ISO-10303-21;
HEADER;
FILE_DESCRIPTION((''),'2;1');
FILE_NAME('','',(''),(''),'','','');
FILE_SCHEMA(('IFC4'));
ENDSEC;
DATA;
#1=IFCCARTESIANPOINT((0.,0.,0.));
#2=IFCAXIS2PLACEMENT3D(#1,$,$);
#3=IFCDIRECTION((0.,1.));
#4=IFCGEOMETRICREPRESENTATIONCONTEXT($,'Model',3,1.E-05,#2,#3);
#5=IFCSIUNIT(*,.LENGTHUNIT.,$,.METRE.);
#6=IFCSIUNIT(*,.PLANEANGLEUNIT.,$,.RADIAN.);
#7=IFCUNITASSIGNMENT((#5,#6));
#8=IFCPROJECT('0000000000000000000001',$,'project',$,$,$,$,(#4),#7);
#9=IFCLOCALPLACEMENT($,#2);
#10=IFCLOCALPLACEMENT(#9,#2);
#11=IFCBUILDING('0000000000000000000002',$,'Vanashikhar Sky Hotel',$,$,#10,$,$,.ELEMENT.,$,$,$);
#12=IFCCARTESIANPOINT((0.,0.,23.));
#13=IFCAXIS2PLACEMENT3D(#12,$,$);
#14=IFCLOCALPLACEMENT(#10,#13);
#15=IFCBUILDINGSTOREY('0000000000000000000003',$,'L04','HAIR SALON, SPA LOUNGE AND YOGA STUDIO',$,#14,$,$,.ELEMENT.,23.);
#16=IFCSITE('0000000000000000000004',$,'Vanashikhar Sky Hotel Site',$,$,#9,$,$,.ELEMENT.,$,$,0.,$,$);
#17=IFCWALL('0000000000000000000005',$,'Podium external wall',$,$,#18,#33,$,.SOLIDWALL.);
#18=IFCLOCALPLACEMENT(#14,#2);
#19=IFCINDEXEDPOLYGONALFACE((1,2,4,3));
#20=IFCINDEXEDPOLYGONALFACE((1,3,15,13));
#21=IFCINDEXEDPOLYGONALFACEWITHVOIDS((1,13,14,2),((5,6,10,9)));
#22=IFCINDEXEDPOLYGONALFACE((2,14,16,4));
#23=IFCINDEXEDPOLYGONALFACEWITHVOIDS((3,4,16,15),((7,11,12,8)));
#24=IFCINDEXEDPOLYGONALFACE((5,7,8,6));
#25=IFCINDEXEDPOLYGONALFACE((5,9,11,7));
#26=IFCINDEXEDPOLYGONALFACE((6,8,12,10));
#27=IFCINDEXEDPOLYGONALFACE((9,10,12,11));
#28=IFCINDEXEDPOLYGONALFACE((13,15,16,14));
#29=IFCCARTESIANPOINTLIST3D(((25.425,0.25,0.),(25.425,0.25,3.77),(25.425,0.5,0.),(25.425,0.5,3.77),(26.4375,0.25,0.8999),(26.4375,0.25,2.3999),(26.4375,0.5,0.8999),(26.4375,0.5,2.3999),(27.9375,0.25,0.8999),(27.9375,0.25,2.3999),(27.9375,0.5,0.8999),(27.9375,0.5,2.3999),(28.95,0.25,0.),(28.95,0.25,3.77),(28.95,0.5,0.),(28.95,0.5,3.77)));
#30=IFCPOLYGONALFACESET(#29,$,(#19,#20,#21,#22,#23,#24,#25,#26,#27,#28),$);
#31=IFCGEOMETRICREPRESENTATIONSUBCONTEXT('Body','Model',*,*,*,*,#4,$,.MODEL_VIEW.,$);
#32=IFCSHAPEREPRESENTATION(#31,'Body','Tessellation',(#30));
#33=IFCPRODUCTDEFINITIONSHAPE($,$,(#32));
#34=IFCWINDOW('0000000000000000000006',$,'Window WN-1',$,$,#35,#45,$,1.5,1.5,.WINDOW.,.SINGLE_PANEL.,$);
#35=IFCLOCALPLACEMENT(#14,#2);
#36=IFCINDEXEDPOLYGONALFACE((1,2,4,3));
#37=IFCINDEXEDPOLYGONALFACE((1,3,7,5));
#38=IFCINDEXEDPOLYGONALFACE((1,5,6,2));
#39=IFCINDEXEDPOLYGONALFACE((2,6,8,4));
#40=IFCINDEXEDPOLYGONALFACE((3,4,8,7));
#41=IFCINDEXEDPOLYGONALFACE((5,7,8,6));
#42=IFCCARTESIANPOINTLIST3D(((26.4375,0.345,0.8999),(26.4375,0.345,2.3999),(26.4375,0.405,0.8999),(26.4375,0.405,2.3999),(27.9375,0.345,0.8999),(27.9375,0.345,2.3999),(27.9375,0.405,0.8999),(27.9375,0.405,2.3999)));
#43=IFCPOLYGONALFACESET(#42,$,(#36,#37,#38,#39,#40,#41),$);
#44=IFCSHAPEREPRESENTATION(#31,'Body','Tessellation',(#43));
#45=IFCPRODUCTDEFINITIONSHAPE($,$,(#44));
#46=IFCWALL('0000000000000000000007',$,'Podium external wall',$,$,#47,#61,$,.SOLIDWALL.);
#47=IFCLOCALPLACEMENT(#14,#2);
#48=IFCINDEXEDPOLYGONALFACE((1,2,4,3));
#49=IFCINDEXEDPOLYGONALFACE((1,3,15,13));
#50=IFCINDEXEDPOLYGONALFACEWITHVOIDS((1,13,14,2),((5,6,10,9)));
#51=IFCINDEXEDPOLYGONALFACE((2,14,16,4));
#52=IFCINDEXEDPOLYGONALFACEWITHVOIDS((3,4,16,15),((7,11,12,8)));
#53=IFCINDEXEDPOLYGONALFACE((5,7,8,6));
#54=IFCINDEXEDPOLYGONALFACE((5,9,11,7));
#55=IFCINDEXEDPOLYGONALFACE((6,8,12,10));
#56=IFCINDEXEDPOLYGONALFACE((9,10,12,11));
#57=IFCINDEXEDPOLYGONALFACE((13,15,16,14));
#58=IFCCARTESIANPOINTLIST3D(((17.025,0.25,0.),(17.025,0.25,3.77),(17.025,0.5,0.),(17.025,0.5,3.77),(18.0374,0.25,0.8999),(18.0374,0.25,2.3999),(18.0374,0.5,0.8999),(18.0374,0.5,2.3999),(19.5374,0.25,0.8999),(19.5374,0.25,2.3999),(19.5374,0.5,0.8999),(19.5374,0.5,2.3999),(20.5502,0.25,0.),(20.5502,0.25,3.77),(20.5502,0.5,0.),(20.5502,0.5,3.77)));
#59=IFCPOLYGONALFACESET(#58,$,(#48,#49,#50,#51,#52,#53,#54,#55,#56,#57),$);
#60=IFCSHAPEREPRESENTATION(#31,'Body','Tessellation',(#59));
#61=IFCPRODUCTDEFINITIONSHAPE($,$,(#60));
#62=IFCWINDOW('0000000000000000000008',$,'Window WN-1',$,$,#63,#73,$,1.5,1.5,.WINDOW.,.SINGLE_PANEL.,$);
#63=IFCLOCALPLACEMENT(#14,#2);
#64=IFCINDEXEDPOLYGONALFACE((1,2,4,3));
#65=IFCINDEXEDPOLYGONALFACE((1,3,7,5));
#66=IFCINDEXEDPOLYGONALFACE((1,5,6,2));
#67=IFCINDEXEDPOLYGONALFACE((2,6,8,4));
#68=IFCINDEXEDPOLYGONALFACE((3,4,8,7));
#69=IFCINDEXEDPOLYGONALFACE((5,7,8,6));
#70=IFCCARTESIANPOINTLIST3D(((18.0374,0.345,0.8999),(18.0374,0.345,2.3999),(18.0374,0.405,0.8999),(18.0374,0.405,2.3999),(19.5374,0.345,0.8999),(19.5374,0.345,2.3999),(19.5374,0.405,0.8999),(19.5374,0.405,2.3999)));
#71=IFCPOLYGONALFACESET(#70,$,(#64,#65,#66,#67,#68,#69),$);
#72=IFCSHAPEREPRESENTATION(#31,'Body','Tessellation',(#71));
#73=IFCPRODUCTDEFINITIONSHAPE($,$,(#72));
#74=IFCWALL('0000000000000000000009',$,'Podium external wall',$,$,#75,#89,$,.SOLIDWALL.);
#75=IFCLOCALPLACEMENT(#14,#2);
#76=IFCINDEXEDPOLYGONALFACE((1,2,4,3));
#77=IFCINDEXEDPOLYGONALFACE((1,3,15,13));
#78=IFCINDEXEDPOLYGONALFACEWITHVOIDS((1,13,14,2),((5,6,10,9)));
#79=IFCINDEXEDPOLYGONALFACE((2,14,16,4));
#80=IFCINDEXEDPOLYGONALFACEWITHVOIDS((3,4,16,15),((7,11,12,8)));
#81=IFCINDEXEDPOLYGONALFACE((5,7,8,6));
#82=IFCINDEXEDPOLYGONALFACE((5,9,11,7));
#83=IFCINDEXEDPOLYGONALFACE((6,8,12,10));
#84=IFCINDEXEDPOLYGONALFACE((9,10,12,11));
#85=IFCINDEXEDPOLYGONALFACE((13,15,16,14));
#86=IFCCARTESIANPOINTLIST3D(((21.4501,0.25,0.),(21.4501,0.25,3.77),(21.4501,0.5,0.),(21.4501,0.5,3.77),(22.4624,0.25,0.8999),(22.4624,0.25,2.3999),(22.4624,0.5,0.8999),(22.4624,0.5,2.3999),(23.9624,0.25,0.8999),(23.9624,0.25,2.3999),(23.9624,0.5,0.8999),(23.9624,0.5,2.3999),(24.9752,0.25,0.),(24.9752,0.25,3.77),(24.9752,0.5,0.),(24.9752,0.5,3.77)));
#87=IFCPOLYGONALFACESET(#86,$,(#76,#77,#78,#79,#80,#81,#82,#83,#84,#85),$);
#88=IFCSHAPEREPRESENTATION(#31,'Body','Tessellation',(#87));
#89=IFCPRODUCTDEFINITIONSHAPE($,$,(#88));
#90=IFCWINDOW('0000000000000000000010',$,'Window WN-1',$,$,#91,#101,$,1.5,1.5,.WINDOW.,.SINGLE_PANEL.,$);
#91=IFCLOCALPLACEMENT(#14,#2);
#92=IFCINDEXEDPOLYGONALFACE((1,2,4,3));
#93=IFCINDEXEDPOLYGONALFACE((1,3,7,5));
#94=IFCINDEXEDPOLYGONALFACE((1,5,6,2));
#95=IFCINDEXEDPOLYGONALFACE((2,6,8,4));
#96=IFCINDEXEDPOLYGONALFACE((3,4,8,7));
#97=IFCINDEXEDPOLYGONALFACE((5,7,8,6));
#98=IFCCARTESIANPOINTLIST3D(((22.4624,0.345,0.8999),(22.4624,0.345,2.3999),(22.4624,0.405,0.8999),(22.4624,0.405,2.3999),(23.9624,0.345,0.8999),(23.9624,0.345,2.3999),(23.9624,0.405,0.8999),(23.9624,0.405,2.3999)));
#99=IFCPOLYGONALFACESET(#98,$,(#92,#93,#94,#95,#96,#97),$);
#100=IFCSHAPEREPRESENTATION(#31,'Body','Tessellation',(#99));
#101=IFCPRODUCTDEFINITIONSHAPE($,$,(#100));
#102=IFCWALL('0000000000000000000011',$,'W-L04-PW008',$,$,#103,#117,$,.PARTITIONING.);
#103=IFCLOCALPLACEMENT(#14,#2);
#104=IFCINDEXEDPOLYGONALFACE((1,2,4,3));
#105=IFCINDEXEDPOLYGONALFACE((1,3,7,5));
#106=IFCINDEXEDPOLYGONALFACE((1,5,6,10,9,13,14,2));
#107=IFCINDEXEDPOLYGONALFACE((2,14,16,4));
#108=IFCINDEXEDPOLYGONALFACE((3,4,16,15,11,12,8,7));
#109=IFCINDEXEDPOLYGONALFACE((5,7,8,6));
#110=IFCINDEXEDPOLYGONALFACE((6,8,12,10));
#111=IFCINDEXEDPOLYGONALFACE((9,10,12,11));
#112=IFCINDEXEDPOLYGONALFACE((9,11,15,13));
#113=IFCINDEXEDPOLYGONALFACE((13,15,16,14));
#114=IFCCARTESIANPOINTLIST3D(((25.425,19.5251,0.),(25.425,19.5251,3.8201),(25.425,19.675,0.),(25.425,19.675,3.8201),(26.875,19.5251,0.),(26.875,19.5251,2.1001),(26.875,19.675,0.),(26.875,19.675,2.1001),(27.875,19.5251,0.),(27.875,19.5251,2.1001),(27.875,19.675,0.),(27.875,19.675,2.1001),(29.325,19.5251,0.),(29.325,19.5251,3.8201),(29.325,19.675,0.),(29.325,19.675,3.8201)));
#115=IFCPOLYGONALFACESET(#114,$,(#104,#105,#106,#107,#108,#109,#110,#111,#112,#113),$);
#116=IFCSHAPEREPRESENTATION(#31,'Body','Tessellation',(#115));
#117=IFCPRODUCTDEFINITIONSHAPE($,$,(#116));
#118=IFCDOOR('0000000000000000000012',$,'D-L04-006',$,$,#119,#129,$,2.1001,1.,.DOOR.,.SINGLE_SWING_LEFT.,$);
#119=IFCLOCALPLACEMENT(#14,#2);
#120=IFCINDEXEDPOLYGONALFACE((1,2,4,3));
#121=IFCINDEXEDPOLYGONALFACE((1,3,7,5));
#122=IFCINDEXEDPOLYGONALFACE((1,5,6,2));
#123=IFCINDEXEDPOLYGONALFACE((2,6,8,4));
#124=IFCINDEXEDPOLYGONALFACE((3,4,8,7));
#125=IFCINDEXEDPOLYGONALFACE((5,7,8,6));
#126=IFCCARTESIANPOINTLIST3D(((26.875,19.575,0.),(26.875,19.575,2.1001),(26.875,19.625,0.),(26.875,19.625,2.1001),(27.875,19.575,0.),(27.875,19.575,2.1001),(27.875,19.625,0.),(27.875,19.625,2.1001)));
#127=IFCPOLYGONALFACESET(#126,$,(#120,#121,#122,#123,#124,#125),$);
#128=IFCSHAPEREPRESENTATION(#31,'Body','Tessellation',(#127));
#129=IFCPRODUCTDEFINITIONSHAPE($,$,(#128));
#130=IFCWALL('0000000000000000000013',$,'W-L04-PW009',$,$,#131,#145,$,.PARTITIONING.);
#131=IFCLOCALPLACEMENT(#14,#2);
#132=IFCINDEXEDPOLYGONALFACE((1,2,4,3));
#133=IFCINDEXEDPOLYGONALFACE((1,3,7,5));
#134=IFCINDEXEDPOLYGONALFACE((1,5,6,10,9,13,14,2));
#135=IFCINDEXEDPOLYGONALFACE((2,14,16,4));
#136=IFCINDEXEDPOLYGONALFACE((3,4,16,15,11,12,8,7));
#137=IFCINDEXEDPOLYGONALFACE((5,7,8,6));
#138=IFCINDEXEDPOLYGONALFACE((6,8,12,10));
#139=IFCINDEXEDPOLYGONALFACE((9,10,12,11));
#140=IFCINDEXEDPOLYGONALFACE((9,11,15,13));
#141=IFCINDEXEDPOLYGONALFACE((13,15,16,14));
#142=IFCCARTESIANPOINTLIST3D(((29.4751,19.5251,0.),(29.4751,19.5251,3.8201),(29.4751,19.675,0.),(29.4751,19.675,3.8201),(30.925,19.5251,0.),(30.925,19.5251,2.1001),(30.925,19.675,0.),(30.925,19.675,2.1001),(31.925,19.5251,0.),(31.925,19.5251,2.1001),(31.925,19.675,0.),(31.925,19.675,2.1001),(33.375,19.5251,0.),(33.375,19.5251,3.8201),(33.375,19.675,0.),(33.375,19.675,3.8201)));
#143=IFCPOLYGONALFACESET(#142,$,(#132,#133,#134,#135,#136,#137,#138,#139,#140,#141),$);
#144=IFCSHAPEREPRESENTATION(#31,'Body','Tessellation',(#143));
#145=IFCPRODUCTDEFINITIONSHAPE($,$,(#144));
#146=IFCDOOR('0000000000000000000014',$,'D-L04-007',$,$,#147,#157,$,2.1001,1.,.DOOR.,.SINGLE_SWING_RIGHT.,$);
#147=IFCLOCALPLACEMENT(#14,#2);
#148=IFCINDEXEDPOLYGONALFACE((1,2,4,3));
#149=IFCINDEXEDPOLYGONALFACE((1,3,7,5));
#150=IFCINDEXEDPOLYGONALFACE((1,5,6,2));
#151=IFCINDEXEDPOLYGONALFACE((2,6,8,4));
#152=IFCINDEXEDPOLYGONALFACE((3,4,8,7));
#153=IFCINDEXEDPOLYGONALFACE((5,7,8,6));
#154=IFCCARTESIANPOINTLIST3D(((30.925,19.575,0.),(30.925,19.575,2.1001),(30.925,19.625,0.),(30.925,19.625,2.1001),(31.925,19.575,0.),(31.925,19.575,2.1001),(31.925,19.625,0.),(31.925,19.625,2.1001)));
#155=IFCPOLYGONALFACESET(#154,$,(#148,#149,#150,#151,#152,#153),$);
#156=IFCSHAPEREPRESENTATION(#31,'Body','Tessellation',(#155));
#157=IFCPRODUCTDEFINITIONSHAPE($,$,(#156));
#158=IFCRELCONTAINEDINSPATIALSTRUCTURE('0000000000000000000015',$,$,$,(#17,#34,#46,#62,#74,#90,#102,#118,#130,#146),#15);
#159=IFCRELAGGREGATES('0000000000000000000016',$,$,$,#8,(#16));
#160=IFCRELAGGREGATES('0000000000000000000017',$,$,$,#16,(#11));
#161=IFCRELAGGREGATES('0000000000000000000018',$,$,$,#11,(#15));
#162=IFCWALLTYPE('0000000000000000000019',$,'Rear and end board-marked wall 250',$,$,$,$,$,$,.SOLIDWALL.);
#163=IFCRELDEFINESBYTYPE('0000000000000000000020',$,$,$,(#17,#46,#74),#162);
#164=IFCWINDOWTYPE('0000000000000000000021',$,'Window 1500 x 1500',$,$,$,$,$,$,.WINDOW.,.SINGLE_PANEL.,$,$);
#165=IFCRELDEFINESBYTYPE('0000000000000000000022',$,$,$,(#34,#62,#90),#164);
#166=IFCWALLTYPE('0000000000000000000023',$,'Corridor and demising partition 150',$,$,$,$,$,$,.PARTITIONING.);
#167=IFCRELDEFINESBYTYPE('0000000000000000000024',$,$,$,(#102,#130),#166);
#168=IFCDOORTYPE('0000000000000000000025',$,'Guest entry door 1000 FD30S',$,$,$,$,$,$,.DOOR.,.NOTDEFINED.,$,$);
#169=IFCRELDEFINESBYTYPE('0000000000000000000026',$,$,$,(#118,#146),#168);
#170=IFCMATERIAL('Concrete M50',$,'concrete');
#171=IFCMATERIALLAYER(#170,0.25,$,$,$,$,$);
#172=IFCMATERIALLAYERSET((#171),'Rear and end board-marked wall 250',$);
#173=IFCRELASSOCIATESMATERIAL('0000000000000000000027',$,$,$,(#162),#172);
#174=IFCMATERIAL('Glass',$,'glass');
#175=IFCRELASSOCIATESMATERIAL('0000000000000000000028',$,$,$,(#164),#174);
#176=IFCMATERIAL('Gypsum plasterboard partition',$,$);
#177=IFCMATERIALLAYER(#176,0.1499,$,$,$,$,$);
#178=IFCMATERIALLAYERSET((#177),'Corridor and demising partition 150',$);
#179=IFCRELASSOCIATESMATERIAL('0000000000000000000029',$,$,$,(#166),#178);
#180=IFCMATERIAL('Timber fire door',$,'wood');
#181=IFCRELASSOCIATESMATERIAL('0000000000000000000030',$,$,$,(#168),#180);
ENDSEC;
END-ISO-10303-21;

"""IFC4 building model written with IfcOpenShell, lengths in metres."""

from ifc_helpers import new_model, si_unit, direction, frame, frame_2d, origin, place, context, subcontext, project, spatial, rectangle, extrude, source, transform, mapped, material, layer, layer_set, type_object, element, fill, save


model = new_model("IFC4")

# Units and contexts
model_context = context("Model", 3, precision=1e-05, world=origin(), true_north=direction((0.0, 1.0)))
body_context = subcontext(model_context, "Body", "Model", "MODEL_VIEW")
ifc_project = project(units=[si_unit("LENGTHUNIT", "METRE"), si_unit("PLANEANGLEUNIT", "RADIAN")], contexts=[model_context])

# Site, building, storey
site_placement = place(None, origin())
site = spatial("IfcSite", under=ifc_project, at=site_placement, Name="Vanashikhar Sky Hotel Site", CompositionType="ELEMENT", RefElevation=0.0)
building_placement = place(site_placement, origin())
building = spatial("IfcBuilding", under=site, at=building_placement, Name="Vanashikhar Sky Hotel", CompositionType="ELEMENT")
storey_placement = place(building_placement, frame((0.0, 0.0, 23.0)))
storey = spatial("IfcBuildingStorey", under=building, at=storey_placement, Name="L04", Description="HAIR SALON, SPA LOUNGE AND YOGA STUDIO", CompositionType="ELEMENT", Elevation=23.0)

# Shared definitions
ifc_material_1 = material(Name="Concrete M50", Category="concrete")

# Walls, openings, windows
ifc_layer_1 = layer(ifc_material_1, 0.25)
ifc_layer_set_1 = layer_set([ifc_layer_1], Name="Rear and end board-marked wall 250")
wall_type_1 = type_object("IfcWallType", Name="Rear and end board-marked wall 250", PredefinedType="SOLIDWALL", material=ifc_layer_set_1)
shared_shape_1 = source(origin(), body_context, "Body", "SweptSolid", [
    extrude(rectangle(XDim=3.5249, YDim=0.25, at=frame_2d((1.7625, 0.0))), origin(), (0.0, 0.0, 1.0), 3.77),
])
shared_shape_2 = source(origin(), body_context, "Body", "SweptSolid", [
    extrude(rectangle(XDim=1.5, YDim=1.5, at=frame_2d((0.75, 0.75))), frame((0.0, 0.135, 0.0), z_axis=(0.0, -1.0, 0.0), x_axis=(1.0, 0.0, 0.0)), (0.0, 0.0, 1.0), 0.27),
])
ifc_material_2 = material(Name="Glass", Category="glass")
window_type = type_object("IfcWindowType", Name="Window 1500 x 1500", PartitioningType="SINGLE_PANEL", PredefinedType="WINDOW", material=ifc_material_2)
shared_shape_3 = source(origin(), body_context, "Body", "SweptSolid", [
    extrude(rectangle(XDim=1.5, YDim=1.5, at=frame_2d((0.75, 0.75))), frame((0.0, 0.03, 0.0), z_axis=(0.0, -1.0, 0.0), x_axis=(1.0, 0.0, 0.0)), (0.0, 0.0, 1.0), 0.0601),
])
wall_1_placement = place(storey_placement, frame((25.425, 0.375, 0.0), z_axis=(0.0, 0.0, 1.0), x_axis=(1.0, 0.0, 0.0)))
wall_1 = element("IfcWall", 1, at=wall_1_placement, inside=storey, type_object=wall_type_1, Name="Podium external wall", PredefinedType="SOLIDWALL", context=body_context, shape_type="MappedRepresentation", body=[
    mapped(shared_shape_1, transform((0.0, 0.0, 0.0), scale=1.0)),
])
opening_1_placement = place(wall_1_placement, frame((1.0125, 0.0, 0.8999)))
opening_1 = element("IfcOpeningElement", 2, at=opening_1_placement, cuts=wall_1, PredefinedType="OPENING", context=body_context, shape_type="MappedRepresentation", body=[
    mapped(shared_shape_2, transform((0.0, 0.0, 0.0), scale=1.0)),
])
window_1_placement = place(opening_1_placement, origin())
window_1 = element("IfcWindow", 3, at=window_1_placement, inside=storey, type_object=window_type, Name="Window WN-1", OverallHeight=1.5, OverallWidth=1.5, PartitioningType="SINGLE_PANEL", PredefinedType="WINDOW", context=body_context, shape_type="MappedRepresentation", body=[
    mapped(shared_shape_3, transform((0.0, 0.0, 0.0), scale=1.0)),
])
fill(opening_1, window_1)
shared_shape_4 = source(origin(), body_context, "Body", "SweptSolid", [
    extrude(rectangle(XDim=3.5251, YDim=0.25, at=frame_2d((1.7627, 0.0))), origin(), (0.0, 0.0, 1.0), 3.77),
])
wall_2_placement = place(storey_placement, frame((17.0249, 0.375, 0.0), z_axis=(0.0, 0.0, 1.0), x_axis=(1.0, 0.0, 0.0)))
wall_2 = element("IfcWall", 4, at=wall_2_placement, inside=storey, type_object=wall_type_1, Name="Podium external wall", PredefinedType="SOLIDWALL", context=body_context, shape_type="MappedRepresentation", body=[
    mapped(shared_shape_4, transform((0.0, 0.0, 0.0), scale=1.0)),
])
opening_2_placement = place(wall_2_placement, frame((1.0125, 0.0, 0.8999)))
opening_2 = element("IfcOpeningElement", 5, at=opening_2_placement, cuts=wall_2, PredefinedType="OPENING", context=body_context, shape_type="MappedRepresentation", body=[
    mapped(shared_shape_2, transform((0.0, 0.0, 0.0), scale=1.0)),
])
window_2_placement = place(opening_2_placement, origin())
window_2 = element("IfcWindow", 6, at=window_2_placement, inside=storey, type_object=window_type, Name="Window WN-1", OverallHeight=1.5, OverallWidth=1.5, PartitioningType="SINGLE_PANEL", PredefinedType="WINDOW", context=body_context, shape_type="MappedRepresentation", body=[
    mapped(shared_shape_3, transform((0.0, 0.0, 0.0), scale=1.0)),
])
fill(opening_2, window_2)
wall_3_placement = place(storey_placement, frame((21.45, 0.375, 0.0), z_axis=(0.0, 0.0, 1.0), x_axis=(1.0, 0.0, 0.0)))
wall_3 = element("IfcWall", 7, at=wall_3_placement, inside=storey, type_object=wall_type_1, Name="Podium external wall", PredefinedType="SOLIDWALL", context=body_context, shape_type="MappedRepresentation", body=[
    mapped(shared_shape_4, transform((0.0, 0.0, 0.0), scale=1.0)),
])
opening_3_placement = place(wall_3_placement, frame((1.0125, 0.0, 0.8999)))
opening_3 = element("IfcOpeningElement", 8, at=opening_3_placement, cuts=wall_3, PredefinedType="OPENING", context=body_context, shape_type="MappedRepresentation", body=[
    mapped(shared_shape_2, transform((0.0, 0.0, 0.0), scale=1.0)),
])
window_3_placement = place(opening_3_placement, origin())
window_3 = element("IfcWindow", 9, at=window_3_placement, inside=storey, type_object=window_type, Name="Window WN-1", OverallHeight=1.5, OverallWidth=1.5, PartitioningType="SINGLE_PANEL", PredefinedType="WINDOW", context=body_context, shape_type="MappedRepresentation", body=[
    mapped(shared_shape_3, transform((0.0, 0.0, 0.0), scale=1.0)),
])
fill(opening_3, window_3)

# Walls, openings, doors
ifc_material_3 = material(Name="Gypsum plasterboard partition")
ifc_layer_2 = layer(ifc_material_3, 0.1499)
ifc_layer_set_2 = layer_set([ifc_layer_2], Name="Corridor and demising partition 150")
wall_type_2 = type_object("IfcWallType", Name="Corridor and demising partition 150", PredefinedType="PARTITIONING", material=ifc_layer_set_2)
shared_shape_5 = source(origin(), body_context, "Body", "SweptSolid", [
    extrude(rectangle(XDim=3.8999, YDim=0.1499, at=frame_2d((1.95, 0.0))), origin(), (0.0, 0.0, 1.0), 3.8201),
])
wall_4_placement = place(storey_placement, frame((25.425, 19.6001, 0.0), z_axis=(0.0, 0.0, 1.0), x_axis=(1.0, 0.0, 0.0)))
wall_4 = element("IfcWall", 10, at=wall_4_placement, inside=storey, type_object=wall_type_2, Name="W-L04-PW008", PredefinedType="PARTITIONING", context=body_context, shape_type="MappedRepresentation", body=[
    mapped(shared_shape_5, transform((0.0, 0.0, 0.0), scale=1.0)),
])
shared_shape_6 = source(origin(), body_context, "Body", "SweptSolid", [
    extrude(rectangle(XDim=1.0, YDim=2.1001, at=frame_2d((0.5, 1.05))), frame((0.0, 0.085, 0.0), z_axis=(0.0, -1.0, 0.0), x_axis=(1.0, 0.0, 0.0)), (0.0, 0.0, 1.0), 0.1699),
])
opening_4_placement = place(wall_4_placement, frame((1.45, 0.0, 0.0)))
opening_4 = element("IfcOpeningElement", 11, at=opening_4_placement, cuts=wall_4, PredefinedType="OPENING", context=body_context, shape_type="MappedRepresentation", body=[
    mapped(shared_shape_6, transform((0.0, 0.0, 0.0), scale=1.0)),
])
ifc_material_4 = material(Name="Timber fire door", Category="wood")
door_type_1 = type_object("IfcDoorType", Name="Guest entry door 1000 FD30S", OperationType="NOTDEFINED", PredefinedType="DOOR", material=ifc_material_4)
shared_shape_7 = source(origin(), body_context, "Body", "SweptSolid", [
    extrude(rectangle(XDim=1.0, YDim=2.1001, at=frame_2d((0.5, 1.05))), frame((0.0, 0.0249, 0.0), z_axis=(0.0, -1.0, 0.0), x_axis=(1.0, 0.0, 0.0)), (0.0, 0.0, 1.0), 0.05),
])
door_1_placement = place(opening_4_placement, origin())
door_1 = element("IfcDoor", 12, at=door_1_placement, inside=storey, type_object=door_type_1, Name="D-L04-006", OperationType="SINGLE_SWING_LEFT", OverallHeight=2.1001, OverallWidth=1.0, PredefinedType="DOOR", context=body_context, shape_type="MappedRepresentation", body=[
    mapped(shared_shape_7, transform((0.0, 0.0, 0.0), scale=1.0)),
])
fill(opening_4, door_1)
wall_5_placement = place(storey_placement, frame((29.4751, 19.6001, 0.0), z_axis=(0.0, 0.0, 1.0), x_axis=(1.0, 0.0, 0.0)))
wall_5 = element("IfcWall", 13, at=wall_5_placement, inside=storey, type_object=wall_type_2, Name="W-L04-PW009", PredefinedType="PARTITIONING", context=body_context, shape_type="MappedRepresentation", body=[
    mapped(shared_shape_5, transform((0.0, 0.0, 0.0), scale=1.0)),
])
opening_5_placement = place(wall_5_placement, frame((1.45, 0.0, 0.0)))
opening_5 = element("IfcOpeningElement", 14, at=opening_5_placement, cuts=wall_5, PredefinedType="OPENING", context=body_context, shape_type="MappedRepresentation", body=[
    mapped(shared_shape_6, transform((0.0, 0.0, 0.0), scale=1.0)),
])
door_2_placement = place(opening_5_placement, origin())
door_2 = element("IfcDoor", 15, at=door_2_placement, inside=storey, type_object=door_type_1, Name="D-L04-007", OperationType="SINGLE_SWING_RIGHT", OverallHeight=2.1001, OverallWidth=1.0, PredefinedType="DOOR", context=body_context, shape_type="MappedRepresentation", body=[
    mapped(shared_shape_7, transform((0.0, 0.0, 0.0), scale=1.0)),
])
fill(opening_5, door_2)

save(model, "model.ifc")
